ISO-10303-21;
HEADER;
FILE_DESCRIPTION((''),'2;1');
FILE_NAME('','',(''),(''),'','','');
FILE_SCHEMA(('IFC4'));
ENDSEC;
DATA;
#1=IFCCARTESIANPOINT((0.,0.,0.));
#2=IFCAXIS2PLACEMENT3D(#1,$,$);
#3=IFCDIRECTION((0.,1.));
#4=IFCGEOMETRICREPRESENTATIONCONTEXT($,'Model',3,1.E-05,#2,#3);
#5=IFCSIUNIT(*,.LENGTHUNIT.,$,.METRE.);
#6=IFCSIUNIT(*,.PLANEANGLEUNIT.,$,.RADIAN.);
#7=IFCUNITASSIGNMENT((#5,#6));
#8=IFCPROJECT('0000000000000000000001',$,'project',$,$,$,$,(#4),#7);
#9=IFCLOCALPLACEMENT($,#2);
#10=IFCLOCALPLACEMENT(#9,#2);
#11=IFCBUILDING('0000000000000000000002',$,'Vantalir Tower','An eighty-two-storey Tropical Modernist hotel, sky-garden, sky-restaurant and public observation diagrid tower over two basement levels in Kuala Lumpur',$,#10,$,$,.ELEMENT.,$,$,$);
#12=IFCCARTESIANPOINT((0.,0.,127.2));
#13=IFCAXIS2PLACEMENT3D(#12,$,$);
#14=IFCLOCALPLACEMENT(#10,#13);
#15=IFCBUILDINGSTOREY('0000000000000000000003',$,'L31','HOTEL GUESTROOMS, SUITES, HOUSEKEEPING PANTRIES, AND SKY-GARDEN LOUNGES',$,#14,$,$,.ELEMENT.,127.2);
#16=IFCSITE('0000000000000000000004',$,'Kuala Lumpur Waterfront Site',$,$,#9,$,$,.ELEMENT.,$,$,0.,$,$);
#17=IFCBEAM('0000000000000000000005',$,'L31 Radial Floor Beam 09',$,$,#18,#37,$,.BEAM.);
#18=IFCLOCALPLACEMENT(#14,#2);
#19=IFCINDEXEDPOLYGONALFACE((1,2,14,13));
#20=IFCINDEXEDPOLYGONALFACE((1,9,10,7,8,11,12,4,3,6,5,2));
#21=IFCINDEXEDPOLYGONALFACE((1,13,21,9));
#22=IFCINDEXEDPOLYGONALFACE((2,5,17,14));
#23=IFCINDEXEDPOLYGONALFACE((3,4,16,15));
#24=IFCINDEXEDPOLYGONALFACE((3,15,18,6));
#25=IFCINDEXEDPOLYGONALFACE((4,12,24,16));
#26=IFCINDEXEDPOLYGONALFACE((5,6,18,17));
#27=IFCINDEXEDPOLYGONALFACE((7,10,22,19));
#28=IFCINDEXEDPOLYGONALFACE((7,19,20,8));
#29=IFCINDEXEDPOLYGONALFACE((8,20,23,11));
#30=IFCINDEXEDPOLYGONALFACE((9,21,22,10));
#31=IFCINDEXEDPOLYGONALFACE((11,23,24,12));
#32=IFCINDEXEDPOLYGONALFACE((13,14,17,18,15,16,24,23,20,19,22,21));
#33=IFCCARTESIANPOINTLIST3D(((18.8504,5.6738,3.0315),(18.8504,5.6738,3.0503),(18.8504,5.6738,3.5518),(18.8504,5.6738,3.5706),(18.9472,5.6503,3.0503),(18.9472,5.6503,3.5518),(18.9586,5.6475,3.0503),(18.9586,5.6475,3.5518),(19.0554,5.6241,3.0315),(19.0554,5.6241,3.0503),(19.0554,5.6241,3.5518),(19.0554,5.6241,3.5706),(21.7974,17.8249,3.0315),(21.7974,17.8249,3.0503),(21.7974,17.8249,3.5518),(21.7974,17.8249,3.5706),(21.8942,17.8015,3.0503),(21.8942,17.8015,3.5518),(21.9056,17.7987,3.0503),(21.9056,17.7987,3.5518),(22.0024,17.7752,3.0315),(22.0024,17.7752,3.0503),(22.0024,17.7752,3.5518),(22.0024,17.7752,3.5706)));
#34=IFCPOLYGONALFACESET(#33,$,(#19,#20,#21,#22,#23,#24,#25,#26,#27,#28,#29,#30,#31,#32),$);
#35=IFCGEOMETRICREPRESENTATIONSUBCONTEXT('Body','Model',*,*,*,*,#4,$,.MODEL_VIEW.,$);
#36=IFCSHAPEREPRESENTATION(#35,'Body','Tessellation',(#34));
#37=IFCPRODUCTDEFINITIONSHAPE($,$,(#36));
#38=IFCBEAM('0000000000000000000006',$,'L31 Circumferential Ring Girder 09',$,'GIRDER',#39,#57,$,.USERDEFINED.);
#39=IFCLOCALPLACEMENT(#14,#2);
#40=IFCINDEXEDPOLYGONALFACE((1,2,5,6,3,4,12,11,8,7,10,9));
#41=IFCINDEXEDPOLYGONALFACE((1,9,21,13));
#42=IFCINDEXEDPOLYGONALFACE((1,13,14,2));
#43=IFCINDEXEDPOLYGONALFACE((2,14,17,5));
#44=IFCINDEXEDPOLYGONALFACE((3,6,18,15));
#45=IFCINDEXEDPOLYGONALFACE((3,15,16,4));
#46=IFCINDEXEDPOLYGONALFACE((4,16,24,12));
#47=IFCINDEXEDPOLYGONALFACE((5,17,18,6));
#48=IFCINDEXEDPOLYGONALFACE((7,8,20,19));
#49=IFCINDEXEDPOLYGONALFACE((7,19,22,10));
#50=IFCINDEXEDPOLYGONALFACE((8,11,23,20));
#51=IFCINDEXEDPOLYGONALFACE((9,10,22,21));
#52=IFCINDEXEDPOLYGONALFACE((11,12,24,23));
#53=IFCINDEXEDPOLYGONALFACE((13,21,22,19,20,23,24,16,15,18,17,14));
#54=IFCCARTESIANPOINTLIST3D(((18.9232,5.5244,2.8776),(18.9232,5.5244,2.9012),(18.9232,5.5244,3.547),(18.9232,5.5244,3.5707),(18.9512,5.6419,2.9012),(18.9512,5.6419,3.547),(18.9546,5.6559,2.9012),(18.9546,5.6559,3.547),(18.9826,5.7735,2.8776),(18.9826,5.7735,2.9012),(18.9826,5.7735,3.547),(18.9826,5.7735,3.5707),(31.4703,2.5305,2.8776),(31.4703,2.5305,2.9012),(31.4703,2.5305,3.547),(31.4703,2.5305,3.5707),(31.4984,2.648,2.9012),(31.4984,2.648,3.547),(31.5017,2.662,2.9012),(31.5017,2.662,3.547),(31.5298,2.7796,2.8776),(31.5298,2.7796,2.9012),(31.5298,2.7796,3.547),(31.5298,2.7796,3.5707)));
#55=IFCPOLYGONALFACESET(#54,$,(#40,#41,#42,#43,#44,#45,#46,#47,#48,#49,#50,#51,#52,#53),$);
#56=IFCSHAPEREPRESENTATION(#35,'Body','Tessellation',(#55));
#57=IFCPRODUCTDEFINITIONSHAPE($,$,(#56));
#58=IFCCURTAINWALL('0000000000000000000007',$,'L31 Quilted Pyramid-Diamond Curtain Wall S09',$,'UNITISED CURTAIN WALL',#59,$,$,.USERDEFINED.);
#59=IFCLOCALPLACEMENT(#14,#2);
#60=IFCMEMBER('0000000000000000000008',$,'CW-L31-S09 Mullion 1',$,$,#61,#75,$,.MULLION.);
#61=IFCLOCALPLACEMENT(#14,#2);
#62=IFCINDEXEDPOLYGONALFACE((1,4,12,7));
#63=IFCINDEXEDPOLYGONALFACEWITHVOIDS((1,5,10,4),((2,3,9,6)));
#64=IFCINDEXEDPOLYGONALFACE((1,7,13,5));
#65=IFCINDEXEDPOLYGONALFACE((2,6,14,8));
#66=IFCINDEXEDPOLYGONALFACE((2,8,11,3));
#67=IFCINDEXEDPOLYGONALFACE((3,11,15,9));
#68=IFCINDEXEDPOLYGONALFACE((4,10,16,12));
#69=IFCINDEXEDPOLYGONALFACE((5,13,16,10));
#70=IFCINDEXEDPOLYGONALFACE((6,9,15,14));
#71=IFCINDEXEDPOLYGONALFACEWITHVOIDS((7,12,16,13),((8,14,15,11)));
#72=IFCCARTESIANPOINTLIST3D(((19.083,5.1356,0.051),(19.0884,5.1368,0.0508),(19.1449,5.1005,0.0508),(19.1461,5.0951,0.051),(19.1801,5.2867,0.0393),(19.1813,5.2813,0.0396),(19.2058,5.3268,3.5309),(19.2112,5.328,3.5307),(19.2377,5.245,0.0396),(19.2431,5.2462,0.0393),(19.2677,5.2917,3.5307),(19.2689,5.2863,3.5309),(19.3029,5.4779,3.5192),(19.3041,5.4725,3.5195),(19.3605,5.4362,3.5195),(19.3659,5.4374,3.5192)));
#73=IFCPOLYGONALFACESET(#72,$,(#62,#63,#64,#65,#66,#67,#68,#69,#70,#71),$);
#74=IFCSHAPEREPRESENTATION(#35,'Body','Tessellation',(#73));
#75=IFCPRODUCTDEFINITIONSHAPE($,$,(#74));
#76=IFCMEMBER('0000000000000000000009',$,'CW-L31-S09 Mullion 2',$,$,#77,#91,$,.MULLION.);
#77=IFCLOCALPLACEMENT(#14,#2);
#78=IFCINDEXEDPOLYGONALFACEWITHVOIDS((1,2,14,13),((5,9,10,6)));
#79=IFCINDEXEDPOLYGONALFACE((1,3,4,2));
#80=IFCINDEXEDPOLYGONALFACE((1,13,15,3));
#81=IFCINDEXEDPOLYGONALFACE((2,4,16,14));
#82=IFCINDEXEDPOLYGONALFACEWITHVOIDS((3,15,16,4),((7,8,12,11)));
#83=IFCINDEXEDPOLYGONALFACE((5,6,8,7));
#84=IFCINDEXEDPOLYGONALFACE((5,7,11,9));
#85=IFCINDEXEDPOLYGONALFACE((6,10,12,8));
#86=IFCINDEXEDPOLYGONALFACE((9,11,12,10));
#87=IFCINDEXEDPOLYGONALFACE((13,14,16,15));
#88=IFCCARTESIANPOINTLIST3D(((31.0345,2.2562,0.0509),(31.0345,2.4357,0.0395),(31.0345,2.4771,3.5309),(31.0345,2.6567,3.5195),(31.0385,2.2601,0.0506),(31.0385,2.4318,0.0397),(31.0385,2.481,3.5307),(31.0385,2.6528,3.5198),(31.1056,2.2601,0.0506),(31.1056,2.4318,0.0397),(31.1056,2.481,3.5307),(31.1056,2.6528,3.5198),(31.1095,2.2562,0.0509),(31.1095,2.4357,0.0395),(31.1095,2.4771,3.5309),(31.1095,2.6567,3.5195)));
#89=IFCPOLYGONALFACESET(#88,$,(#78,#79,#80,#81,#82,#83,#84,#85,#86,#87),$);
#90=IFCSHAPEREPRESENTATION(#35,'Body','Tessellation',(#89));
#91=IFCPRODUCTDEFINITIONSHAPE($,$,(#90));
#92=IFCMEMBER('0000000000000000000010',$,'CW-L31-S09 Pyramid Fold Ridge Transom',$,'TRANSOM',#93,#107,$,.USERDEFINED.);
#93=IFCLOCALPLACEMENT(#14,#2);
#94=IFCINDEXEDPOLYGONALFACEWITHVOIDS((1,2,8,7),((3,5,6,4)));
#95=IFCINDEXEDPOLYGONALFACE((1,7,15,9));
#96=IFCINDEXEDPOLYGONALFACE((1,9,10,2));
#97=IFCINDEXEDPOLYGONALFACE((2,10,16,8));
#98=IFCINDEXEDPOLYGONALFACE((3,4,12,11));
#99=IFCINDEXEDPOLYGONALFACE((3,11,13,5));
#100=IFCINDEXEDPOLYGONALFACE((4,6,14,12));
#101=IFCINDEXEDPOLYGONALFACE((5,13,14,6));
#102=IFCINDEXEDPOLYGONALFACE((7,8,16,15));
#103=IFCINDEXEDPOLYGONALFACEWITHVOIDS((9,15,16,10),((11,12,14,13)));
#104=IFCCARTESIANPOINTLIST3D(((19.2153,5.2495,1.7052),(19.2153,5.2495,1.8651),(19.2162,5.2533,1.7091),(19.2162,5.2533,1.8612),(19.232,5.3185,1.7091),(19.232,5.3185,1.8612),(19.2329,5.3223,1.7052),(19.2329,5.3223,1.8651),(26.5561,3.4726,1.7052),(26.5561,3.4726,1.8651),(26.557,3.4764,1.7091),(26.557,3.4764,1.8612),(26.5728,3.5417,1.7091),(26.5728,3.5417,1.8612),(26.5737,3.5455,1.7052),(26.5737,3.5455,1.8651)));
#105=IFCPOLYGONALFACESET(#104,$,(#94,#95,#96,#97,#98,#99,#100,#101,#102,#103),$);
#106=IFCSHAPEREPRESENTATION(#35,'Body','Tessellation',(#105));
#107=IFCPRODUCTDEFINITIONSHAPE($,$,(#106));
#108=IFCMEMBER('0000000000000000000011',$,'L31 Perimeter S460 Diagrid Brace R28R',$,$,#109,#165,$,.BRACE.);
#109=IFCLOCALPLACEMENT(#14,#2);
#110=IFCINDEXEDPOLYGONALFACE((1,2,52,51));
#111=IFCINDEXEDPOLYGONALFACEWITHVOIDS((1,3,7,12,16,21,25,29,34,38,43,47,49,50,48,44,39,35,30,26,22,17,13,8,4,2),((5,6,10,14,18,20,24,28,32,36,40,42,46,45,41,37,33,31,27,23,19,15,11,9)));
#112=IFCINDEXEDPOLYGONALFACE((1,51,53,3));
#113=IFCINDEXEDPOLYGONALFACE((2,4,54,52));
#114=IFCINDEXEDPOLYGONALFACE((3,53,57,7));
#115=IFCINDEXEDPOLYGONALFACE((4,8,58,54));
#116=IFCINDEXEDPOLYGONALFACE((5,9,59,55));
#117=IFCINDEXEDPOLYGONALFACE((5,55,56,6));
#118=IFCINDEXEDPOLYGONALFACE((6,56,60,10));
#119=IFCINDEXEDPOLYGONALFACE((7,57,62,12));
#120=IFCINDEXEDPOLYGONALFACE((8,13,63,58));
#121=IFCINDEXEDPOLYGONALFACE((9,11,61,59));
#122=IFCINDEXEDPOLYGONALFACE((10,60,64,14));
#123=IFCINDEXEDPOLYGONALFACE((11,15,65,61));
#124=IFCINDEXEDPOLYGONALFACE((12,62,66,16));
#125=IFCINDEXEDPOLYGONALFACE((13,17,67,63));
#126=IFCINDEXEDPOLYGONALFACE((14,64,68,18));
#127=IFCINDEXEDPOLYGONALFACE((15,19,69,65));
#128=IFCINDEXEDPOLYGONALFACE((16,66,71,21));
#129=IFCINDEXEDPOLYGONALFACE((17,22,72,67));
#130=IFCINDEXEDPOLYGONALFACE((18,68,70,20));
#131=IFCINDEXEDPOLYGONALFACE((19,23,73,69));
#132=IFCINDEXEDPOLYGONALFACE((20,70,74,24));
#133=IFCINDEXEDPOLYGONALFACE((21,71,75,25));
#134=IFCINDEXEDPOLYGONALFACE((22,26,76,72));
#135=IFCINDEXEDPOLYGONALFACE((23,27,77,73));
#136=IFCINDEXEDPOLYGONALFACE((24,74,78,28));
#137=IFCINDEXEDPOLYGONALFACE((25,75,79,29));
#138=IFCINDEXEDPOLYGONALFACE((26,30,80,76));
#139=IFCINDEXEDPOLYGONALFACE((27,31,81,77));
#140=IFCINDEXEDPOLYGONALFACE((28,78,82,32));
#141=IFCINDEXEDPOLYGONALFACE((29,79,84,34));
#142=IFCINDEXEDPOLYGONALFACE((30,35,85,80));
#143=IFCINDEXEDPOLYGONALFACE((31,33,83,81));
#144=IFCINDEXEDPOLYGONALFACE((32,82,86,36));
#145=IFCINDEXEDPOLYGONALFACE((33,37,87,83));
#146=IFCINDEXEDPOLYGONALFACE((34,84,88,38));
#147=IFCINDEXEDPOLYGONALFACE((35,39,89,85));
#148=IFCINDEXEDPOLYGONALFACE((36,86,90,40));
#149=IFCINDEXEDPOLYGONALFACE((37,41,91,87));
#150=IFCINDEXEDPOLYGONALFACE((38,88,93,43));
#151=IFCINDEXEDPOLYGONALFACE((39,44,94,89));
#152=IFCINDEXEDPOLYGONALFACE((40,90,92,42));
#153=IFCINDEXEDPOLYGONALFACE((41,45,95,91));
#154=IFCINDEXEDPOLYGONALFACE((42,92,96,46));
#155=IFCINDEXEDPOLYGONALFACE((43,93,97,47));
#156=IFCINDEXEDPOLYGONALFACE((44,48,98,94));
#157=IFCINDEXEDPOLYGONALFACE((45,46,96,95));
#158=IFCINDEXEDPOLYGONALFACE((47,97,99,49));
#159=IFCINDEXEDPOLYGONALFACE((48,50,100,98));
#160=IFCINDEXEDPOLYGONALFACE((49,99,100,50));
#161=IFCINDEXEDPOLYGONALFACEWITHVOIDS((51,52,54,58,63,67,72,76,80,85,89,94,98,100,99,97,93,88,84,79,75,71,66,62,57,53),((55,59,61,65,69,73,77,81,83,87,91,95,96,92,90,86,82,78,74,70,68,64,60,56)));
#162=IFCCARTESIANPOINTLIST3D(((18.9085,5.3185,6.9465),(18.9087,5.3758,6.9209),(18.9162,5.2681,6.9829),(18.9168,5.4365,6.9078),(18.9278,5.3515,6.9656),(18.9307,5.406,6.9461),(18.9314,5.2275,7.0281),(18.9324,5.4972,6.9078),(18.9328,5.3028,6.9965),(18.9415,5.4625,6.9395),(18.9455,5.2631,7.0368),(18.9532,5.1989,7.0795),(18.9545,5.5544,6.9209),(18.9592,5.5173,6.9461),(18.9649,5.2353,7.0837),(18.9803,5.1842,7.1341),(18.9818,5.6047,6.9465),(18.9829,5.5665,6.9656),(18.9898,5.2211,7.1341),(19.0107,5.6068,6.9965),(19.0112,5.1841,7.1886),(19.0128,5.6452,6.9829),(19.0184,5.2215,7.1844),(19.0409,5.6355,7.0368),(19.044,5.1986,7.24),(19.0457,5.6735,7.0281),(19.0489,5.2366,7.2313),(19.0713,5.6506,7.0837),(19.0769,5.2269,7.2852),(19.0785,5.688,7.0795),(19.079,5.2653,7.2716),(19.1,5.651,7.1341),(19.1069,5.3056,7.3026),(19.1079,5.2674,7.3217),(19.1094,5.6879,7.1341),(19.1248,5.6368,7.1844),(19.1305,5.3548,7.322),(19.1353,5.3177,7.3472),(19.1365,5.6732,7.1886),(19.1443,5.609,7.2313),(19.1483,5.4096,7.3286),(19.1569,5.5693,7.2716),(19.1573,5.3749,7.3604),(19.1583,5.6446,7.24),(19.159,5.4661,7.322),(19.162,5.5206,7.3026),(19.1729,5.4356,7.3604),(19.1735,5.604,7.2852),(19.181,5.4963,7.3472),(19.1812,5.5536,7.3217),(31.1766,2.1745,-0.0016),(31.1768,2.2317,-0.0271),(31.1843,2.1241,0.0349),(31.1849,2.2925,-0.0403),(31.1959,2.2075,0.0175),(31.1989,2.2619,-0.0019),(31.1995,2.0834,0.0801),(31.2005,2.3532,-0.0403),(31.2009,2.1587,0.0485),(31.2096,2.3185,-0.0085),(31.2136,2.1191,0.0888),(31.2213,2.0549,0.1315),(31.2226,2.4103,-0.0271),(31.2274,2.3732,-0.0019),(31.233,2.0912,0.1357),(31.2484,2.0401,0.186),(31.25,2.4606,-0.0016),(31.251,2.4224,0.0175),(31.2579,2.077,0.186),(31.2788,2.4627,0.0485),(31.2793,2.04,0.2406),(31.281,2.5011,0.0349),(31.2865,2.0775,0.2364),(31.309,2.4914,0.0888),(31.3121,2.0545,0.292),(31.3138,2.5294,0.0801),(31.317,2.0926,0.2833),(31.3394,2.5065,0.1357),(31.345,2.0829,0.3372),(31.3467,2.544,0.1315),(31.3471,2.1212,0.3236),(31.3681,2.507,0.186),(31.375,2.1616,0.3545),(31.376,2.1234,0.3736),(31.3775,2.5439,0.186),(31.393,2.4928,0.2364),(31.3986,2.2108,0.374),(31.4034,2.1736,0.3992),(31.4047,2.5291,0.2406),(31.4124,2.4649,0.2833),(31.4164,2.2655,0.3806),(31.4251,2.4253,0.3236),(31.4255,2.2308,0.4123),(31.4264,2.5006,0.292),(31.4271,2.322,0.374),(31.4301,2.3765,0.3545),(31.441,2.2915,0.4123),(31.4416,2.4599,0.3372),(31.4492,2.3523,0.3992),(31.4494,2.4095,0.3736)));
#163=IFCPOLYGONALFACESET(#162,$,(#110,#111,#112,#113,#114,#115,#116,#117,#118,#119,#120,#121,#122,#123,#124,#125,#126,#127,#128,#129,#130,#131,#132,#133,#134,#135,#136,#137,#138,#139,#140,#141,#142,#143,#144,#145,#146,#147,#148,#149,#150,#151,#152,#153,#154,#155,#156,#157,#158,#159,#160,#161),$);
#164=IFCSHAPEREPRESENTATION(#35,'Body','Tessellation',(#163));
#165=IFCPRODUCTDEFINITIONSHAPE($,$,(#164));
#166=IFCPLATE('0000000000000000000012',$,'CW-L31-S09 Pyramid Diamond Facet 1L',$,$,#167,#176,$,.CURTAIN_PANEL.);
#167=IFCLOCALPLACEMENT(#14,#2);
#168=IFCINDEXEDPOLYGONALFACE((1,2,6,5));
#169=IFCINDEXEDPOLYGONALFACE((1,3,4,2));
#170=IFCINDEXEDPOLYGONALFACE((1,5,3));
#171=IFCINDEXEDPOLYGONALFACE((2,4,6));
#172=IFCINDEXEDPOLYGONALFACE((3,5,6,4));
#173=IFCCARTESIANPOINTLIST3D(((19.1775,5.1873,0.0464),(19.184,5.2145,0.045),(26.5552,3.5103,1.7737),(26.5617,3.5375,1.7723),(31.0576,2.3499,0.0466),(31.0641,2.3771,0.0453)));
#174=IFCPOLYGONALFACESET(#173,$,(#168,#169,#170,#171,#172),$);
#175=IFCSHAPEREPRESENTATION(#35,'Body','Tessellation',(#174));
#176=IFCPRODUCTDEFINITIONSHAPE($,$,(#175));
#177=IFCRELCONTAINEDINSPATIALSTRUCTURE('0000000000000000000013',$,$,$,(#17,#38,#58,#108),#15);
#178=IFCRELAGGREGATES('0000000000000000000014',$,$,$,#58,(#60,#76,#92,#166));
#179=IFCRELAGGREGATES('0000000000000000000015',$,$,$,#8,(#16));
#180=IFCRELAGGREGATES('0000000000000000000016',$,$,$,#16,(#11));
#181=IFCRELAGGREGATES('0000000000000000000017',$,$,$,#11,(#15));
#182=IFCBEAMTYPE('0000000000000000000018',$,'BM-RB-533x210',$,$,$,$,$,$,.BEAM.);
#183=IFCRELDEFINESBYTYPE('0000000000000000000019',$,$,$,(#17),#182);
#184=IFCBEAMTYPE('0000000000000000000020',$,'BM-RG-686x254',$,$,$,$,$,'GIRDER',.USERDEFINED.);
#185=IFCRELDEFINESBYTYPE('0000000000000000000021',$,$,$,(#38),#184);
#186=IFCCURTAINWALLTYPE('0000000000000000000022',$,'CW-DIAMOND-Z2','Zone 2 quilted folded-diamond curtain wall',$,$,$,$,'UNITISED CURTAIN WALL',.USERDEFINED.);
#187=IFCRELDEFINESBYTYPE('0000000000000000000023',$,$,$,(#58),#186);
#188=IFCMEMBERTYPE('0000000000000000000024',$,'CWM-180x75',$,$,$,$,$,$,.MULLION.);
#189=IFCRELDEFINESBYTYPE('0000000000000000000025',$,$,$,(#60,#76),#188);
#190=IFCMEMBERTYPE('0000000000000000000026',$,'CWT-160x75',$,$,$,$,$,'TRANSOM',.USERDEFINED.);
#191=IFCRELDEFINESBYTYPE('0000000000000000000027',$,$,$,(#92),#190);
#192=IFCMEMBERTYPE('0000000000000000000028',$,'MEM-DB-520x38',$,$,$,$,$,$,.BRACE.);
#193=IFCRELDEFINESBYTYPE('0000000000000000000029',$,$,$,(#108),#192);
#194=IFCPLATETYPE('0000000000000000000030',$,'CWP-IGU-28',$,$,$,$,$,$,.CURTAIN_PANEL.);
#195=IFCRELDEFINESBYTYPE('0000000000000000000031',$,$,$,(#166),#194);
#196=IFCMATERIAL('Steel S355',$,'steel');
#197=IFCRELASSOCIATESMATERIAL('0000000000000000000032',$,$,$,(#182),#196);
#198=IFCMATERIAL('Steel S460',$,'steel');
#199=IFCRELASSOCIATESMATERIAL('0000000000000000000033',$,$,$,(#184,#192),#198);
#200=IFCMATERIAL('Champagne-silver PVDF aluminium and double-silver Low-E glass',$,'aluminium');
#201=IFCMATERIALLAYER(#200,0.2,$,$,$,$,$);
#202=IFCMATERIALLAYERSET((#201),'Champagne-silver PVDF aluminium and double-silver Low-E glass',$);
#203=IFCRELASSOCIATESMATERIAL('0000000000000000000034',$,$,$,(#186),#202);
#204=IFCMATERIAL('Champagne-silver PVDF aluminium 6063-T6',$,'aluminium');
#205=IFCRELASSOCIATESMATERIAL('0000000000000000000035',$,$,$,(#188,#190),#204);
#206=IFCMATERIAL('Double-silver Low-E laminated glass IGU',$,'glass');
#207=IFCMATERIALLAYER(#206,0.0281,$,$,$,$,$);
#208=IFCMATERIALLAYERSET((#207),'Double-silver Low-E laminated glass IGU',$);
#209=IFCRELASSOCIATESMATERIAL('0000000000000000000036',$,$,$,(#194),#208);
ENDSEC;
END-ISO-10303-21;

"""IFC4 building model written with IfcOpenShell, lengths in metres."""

from ifc_helpers import new_model, si_unit, direction, frame, origin, origin_2d, place, context, subcontext, project, spatial, polyline, hollow_rectangle, hollow_circle, i_section, outline, extrude, material, layer, layer_set, material_profile, profile_set, type_object, element, aggregate, save


model = new_model("IFC4")

# Units and contexts
model_context = context("Model", 3, precision=1e-05, world=origin(), true_north=direction((0.0, 1.0)))
body_context = subcontext(model_context, "Body", "Model", "MODEL_VIEW")
ifc_project = project(units=[si_unit("LENGTHUNIT", "METRE"), si_unit("PLANEANGLEUNIT", "RADIAN")], contexts=[model_context])

# Site, building, storey
site_placement = place(None, origin())
site = spatial("IfcSite", under=ifc_project, at=site_placement, Name="Kuala Lumpur Waterfront Site", CompositionType="ELEMENT", RefElevation=0.0)
building_placement = place(site_placement, origin())
building = spatial("IfcBuilding", under=site, at=building_placement, Name="Vantalir Tower", Description="An eighty-two-storey Tropical Modernist hotel, sky-garden, sky-restaurant and public observation diagrid tower over two basement levels in Kuala Lumpur", CompositionType="ELEMENT")
storey_placement = place(building_placement, frame((0.0, 0.0, 127.2)))
storey = spatial("IfcBuildingStorey", under=building, at=storey_placement, Name="L31", Description="HOTEL GUESTROOMS, SUITES, HOUSEKEEPING PANTRIES, AND SKY-GARDEN LOUNGES", CompositionType="ELEMENT", Elevation=127.2)

# Beams
ifc_material_1 = material(Name="Steel S355", Category="steel")
ifc_material_profile_1 = material_profile(ifc_material_1, i_section(OverallWidth=0.2109, OverallDepth=0.5391, WebThickness=0.0117, FlangeThickness=0.0188, at=origin_2d()), Name="Steel S355")
ifc_profile_set_1 = profile_set([ifc_material_profile_1], Name="Steel S355")
beam_type_1 = type_object("IfcBeamType", Name="BM-RB-533x210", PredefinedType="BEAM", material=ifc_profile_set_1)
beam_1_placement = place(storey_placement, frame((18.9529, 5.6489, 3.301), z_axis=(0.235698, 0.971826, 0.0), x_axis=(-0.971826, 0.235698, 0.0)))
element("IfcBeam", 1, at=beam_1_placement, inside=storey, type_object=beam_type_1, Name="L31 Radial Floor Beam 09", PredefinedType="BEAM", context=body_context, shape_type="SweptSolid", body=[
    extrude(i_section(OverallWidth=0.2109, OverallDepth=0.5391, WebThickness=0.0117, FlangeThickness=0.0188, at=origin_2d()), origin(), (0.0, 0.0, 1.0), 12.5034),
])
ifc_material_2 = material(Name="Steel S460", Category="steel")
ifc_material_profile_2 = material_profile(ifc_material_2, i_section(OverallWidth=0.2561, OverallDepth=0.6931, WebThickness=0.0144, FlangeThickness=0.0237, at=origin_2d()), Name="Steel S460")
ifc_profile_set_2 = profile_set([ifc_material_profile_2], Name="Steel S460")
beam_type_2 = type_object("IfcBeamType", Name="BM-RG-686x254", ElementType="GIRDER", PredefinedType="USERDEFINED", material=ifc_profile_set_2)
beam_2_placement = place(storey_placement, frame((18.9529, 5.6489, 3.2241), z_axis=(0.972693, -0.232096, 0.0), x_axis=(0.232096, 0.972693, 0.0)))
element("IfcBeam", 2, at=beam_2_placement, inside=storey, type_object=beam_type_2, Name="L31 Circumferential Ring Girder 09", ObjectType="GIRDER", PredefinedType="USERDEFINED", context=body_context, shape_type="SweptSolid", body=[
    extrude(i_section(OverallWidth=0.2561, OverallDepth=0.6931, WebThickness=0.0144, FlangeThickness=0.0237, at=origin_2d()), origin(), (0.0, 0.0, 1.0), 12.8994),
])

# Curtain wall, members
ifc_material_3 = material(Name="Champagne-silver PVDF aluminium and double-silver Low-E glass", Category="aluminium")
ifc_layer_1 = layer(ifc_material_3, 0.2)
ifc_layer_set_1 = layer_set([ifc_layer_1], Name="Champagne-silver PVDF aluminium and double-silver Low-E glass")
curtain_wall_type = type_object("IfcCurtainWallType", Name="CW-DIAMOND-Z2", Description="Zone 2 quilted folded-diamond curtain wall", ElementType="UNITISED CURTAIN WALL", PredefinedType="USERDEFINED", material=ifc_layer_set_1)
curtain_wall_placement = place(storey_placement, origin())
curtain_wall = element("IfcCurtainWall", 3, at=curtain_wall_placement, inside=storey, type_object=curtain_wall_type, Name="L31 Quilted Pyramid-Diamond Curtain Wall S09", ObjectType="UNITISED CURTAIN WALL", PredefinedType="USERDEFINED")
ifc_material_4 = material(Name="Champagne-silver PVDF aluminium 6063-T6", Category="aluminium")
ifc_material_profile_3 = material_profile(ifc_material_4, hollow_rectangle(XDim=0.075, YDim=0.1799, WallThickness=0.0039, at=origin_2d()), Name="Champagne-silver PVDF aluminium 6063-T6")
ifc_profile_set_3 = profile_set([ifc_material_profile_3], Name="Champagne-silver PVDF aluminium 6063-T6")
member_type_1 = type_object("IfcMemberType", Name="CWM-180x75", PredefinedType="MULLION", material=ifc_profile_set_3)
member_1_placement = place(storey_placement, frame((19.1631, 5.1909, 0.0452), z_axis=(0.035213, 0.054815, 0.997875), x_axis=(-0.841353, 0.540486, 0.0)))
member_1 = element("IfcMember", 4, at=member_1_placement, type_object=member_type_1, Name="CW-L31-S09 Mullion 1", PredefinedType="MULLION", context=body_context, shape_type="SweptSolid", body=[
    extrude(hollow_rectangle(XDim=0.075, YDim=0.1799, WallThickness=0.0039, at=origin_2d()), origin(), (0.0, 0.0, 1.0), 3.4873),
])
member_2_placement = place(storey_placement, frame((31.072, 2.3459, 0.0452), z_axis=(0.0, 0.063363, 0.997991), x_axis=(-1.0, 0.0, 0.0)))
member_2 = element("IfcMember", 5, at=member_2_placement, type_object=member_type_1, Name="CW-L31-S09 Mullion 2", PredefinedType="MULLION", context=body_context, shape_type="SweptSolid", body=[
    extrude(hollow_rectangle(XDim=0.075, YDim=0.1799, WallThickness=0.0039, at=origin_2d()), origin(), (0.0, 0.0, 1.0), 3.4871),
])
ifc_material_profile_4 = material_profile(ifc_material_4, hollow_rectangle(XDim=0.075, YDim=0.1599, WallThickness=0.0039, at=origin_2d()), Name="Champagne-silver PVDF aluminium 6063-T6")
ifc_profile_set_4 = profile_set([ifc_material_profile_4], Name="Champagne-silver PVDF aluminium 6063-T6")
member_type_2 = type_object("IfcMemberType", Name="CWT-160x75", ElementType="TRANSOM", PredefinedType="USERDEFINED", material=ifc_profile_set_4)
member_3_placement = place(storey_placement, frame((19.2241, 5.2859, 1.7852), z_axis=(0.971933, -0.235258, 0.0), x_axis=(0.235258, 0.971933, 0.0)))
member_3 = element("IfcMember", 6, at=member_3_placement, type_object=member_type_2, Name="CW-L31-S09 Pyramid Fold Ridge Transom", ObjectType="TRANSOM", PredefinedType="USERDEFINED", context=body_context, shape_type="SweptSolid", body=[
    extrude(hollow_rectangle(XDim=0.075, YDim=0.1599, WallThickness=0.0039, at=origin_2d()), origin(), (0.0, 0.0, 1.0), 7.5527),
])

# Member
ifc_material_profile_5 = material_profile(ifc_material_2, hollow_circle(Radius=0.26, WallThickness=0.0381, at=origin_2d()), Name="Steel S460")
ifc_profile_set_5 = profile_set([ifc_material_profile_5], Name="Steel S460")
member_type_3 = type_object("IfcMemberType", Name="MEM-DB-520x38", PredefinedType="BRACE", material=ifc_profile_set_5)
member_4_placement = place(storey_placement, frame((31.313, 2.292, 0.186), z_axis=(-0.849281, 0.217652, 0.480989), x_axis=(-0.248256, -0.968695, 0.0)))
element("IfcMember", 7, at=member_4_placement, inside=storey, type_object=member_type_3, Name="L31 Perimeter S460 Diagrid Brace R28R", PredefinedType="BRACE", context=body_context, shape_type="SweptSolid", body=[
    extrude(hollow_circle(Radius=0.26, WallThickness=0.0381, at=origin_2d()), origin(), (0.0, 0.0, 1.0), 14.4453),
])

# Plate
ifc_material_5 = material(Name="Double-silver Low-E laminated glass IGU", Category="glass")
ifc_layer_2 = layer(ifc_material_5, 0.0281)
ifc_layer_set_2 = layer_set([ifc_layer_2], Name="Double-silver Low-E laminated glass IGU")
plate_type_1 = type_object("IfcPlateType", Name="CWP-IGU-28", PredefinedType="CURTAIN_PANEL", material=ifc_layer_set_2)
plate_1_placement = place(storey_placement, frame((19.1775, 5.1873, 0.0464), z_axis=(-0.232037, -0.97153, 0.047844), x_axis=(0.972644, -0.232302, 0.00002)))
plate_1 = element("IfcPlate", 8, at=plate_1_placement, type_object=plate_type_1, Name="CW-L31-S09 Pyramid Diamond Facet 1L", PredefinedType="CURTAIN_PANEL", context=body_context, shape_type="SweptSolid", body=[
    extrude(outline(polyline([(0.0, 0.0), (12.2143, 0.0), (7.5655, 1.7291), (0.0, 0.0)])), origin(), (0.0, 0.0, -1.0), 0.0281),
])
aggregate(curtain_wall, [member_1, member_2, member_3, plate_1])

save(model, "model.ifc")
